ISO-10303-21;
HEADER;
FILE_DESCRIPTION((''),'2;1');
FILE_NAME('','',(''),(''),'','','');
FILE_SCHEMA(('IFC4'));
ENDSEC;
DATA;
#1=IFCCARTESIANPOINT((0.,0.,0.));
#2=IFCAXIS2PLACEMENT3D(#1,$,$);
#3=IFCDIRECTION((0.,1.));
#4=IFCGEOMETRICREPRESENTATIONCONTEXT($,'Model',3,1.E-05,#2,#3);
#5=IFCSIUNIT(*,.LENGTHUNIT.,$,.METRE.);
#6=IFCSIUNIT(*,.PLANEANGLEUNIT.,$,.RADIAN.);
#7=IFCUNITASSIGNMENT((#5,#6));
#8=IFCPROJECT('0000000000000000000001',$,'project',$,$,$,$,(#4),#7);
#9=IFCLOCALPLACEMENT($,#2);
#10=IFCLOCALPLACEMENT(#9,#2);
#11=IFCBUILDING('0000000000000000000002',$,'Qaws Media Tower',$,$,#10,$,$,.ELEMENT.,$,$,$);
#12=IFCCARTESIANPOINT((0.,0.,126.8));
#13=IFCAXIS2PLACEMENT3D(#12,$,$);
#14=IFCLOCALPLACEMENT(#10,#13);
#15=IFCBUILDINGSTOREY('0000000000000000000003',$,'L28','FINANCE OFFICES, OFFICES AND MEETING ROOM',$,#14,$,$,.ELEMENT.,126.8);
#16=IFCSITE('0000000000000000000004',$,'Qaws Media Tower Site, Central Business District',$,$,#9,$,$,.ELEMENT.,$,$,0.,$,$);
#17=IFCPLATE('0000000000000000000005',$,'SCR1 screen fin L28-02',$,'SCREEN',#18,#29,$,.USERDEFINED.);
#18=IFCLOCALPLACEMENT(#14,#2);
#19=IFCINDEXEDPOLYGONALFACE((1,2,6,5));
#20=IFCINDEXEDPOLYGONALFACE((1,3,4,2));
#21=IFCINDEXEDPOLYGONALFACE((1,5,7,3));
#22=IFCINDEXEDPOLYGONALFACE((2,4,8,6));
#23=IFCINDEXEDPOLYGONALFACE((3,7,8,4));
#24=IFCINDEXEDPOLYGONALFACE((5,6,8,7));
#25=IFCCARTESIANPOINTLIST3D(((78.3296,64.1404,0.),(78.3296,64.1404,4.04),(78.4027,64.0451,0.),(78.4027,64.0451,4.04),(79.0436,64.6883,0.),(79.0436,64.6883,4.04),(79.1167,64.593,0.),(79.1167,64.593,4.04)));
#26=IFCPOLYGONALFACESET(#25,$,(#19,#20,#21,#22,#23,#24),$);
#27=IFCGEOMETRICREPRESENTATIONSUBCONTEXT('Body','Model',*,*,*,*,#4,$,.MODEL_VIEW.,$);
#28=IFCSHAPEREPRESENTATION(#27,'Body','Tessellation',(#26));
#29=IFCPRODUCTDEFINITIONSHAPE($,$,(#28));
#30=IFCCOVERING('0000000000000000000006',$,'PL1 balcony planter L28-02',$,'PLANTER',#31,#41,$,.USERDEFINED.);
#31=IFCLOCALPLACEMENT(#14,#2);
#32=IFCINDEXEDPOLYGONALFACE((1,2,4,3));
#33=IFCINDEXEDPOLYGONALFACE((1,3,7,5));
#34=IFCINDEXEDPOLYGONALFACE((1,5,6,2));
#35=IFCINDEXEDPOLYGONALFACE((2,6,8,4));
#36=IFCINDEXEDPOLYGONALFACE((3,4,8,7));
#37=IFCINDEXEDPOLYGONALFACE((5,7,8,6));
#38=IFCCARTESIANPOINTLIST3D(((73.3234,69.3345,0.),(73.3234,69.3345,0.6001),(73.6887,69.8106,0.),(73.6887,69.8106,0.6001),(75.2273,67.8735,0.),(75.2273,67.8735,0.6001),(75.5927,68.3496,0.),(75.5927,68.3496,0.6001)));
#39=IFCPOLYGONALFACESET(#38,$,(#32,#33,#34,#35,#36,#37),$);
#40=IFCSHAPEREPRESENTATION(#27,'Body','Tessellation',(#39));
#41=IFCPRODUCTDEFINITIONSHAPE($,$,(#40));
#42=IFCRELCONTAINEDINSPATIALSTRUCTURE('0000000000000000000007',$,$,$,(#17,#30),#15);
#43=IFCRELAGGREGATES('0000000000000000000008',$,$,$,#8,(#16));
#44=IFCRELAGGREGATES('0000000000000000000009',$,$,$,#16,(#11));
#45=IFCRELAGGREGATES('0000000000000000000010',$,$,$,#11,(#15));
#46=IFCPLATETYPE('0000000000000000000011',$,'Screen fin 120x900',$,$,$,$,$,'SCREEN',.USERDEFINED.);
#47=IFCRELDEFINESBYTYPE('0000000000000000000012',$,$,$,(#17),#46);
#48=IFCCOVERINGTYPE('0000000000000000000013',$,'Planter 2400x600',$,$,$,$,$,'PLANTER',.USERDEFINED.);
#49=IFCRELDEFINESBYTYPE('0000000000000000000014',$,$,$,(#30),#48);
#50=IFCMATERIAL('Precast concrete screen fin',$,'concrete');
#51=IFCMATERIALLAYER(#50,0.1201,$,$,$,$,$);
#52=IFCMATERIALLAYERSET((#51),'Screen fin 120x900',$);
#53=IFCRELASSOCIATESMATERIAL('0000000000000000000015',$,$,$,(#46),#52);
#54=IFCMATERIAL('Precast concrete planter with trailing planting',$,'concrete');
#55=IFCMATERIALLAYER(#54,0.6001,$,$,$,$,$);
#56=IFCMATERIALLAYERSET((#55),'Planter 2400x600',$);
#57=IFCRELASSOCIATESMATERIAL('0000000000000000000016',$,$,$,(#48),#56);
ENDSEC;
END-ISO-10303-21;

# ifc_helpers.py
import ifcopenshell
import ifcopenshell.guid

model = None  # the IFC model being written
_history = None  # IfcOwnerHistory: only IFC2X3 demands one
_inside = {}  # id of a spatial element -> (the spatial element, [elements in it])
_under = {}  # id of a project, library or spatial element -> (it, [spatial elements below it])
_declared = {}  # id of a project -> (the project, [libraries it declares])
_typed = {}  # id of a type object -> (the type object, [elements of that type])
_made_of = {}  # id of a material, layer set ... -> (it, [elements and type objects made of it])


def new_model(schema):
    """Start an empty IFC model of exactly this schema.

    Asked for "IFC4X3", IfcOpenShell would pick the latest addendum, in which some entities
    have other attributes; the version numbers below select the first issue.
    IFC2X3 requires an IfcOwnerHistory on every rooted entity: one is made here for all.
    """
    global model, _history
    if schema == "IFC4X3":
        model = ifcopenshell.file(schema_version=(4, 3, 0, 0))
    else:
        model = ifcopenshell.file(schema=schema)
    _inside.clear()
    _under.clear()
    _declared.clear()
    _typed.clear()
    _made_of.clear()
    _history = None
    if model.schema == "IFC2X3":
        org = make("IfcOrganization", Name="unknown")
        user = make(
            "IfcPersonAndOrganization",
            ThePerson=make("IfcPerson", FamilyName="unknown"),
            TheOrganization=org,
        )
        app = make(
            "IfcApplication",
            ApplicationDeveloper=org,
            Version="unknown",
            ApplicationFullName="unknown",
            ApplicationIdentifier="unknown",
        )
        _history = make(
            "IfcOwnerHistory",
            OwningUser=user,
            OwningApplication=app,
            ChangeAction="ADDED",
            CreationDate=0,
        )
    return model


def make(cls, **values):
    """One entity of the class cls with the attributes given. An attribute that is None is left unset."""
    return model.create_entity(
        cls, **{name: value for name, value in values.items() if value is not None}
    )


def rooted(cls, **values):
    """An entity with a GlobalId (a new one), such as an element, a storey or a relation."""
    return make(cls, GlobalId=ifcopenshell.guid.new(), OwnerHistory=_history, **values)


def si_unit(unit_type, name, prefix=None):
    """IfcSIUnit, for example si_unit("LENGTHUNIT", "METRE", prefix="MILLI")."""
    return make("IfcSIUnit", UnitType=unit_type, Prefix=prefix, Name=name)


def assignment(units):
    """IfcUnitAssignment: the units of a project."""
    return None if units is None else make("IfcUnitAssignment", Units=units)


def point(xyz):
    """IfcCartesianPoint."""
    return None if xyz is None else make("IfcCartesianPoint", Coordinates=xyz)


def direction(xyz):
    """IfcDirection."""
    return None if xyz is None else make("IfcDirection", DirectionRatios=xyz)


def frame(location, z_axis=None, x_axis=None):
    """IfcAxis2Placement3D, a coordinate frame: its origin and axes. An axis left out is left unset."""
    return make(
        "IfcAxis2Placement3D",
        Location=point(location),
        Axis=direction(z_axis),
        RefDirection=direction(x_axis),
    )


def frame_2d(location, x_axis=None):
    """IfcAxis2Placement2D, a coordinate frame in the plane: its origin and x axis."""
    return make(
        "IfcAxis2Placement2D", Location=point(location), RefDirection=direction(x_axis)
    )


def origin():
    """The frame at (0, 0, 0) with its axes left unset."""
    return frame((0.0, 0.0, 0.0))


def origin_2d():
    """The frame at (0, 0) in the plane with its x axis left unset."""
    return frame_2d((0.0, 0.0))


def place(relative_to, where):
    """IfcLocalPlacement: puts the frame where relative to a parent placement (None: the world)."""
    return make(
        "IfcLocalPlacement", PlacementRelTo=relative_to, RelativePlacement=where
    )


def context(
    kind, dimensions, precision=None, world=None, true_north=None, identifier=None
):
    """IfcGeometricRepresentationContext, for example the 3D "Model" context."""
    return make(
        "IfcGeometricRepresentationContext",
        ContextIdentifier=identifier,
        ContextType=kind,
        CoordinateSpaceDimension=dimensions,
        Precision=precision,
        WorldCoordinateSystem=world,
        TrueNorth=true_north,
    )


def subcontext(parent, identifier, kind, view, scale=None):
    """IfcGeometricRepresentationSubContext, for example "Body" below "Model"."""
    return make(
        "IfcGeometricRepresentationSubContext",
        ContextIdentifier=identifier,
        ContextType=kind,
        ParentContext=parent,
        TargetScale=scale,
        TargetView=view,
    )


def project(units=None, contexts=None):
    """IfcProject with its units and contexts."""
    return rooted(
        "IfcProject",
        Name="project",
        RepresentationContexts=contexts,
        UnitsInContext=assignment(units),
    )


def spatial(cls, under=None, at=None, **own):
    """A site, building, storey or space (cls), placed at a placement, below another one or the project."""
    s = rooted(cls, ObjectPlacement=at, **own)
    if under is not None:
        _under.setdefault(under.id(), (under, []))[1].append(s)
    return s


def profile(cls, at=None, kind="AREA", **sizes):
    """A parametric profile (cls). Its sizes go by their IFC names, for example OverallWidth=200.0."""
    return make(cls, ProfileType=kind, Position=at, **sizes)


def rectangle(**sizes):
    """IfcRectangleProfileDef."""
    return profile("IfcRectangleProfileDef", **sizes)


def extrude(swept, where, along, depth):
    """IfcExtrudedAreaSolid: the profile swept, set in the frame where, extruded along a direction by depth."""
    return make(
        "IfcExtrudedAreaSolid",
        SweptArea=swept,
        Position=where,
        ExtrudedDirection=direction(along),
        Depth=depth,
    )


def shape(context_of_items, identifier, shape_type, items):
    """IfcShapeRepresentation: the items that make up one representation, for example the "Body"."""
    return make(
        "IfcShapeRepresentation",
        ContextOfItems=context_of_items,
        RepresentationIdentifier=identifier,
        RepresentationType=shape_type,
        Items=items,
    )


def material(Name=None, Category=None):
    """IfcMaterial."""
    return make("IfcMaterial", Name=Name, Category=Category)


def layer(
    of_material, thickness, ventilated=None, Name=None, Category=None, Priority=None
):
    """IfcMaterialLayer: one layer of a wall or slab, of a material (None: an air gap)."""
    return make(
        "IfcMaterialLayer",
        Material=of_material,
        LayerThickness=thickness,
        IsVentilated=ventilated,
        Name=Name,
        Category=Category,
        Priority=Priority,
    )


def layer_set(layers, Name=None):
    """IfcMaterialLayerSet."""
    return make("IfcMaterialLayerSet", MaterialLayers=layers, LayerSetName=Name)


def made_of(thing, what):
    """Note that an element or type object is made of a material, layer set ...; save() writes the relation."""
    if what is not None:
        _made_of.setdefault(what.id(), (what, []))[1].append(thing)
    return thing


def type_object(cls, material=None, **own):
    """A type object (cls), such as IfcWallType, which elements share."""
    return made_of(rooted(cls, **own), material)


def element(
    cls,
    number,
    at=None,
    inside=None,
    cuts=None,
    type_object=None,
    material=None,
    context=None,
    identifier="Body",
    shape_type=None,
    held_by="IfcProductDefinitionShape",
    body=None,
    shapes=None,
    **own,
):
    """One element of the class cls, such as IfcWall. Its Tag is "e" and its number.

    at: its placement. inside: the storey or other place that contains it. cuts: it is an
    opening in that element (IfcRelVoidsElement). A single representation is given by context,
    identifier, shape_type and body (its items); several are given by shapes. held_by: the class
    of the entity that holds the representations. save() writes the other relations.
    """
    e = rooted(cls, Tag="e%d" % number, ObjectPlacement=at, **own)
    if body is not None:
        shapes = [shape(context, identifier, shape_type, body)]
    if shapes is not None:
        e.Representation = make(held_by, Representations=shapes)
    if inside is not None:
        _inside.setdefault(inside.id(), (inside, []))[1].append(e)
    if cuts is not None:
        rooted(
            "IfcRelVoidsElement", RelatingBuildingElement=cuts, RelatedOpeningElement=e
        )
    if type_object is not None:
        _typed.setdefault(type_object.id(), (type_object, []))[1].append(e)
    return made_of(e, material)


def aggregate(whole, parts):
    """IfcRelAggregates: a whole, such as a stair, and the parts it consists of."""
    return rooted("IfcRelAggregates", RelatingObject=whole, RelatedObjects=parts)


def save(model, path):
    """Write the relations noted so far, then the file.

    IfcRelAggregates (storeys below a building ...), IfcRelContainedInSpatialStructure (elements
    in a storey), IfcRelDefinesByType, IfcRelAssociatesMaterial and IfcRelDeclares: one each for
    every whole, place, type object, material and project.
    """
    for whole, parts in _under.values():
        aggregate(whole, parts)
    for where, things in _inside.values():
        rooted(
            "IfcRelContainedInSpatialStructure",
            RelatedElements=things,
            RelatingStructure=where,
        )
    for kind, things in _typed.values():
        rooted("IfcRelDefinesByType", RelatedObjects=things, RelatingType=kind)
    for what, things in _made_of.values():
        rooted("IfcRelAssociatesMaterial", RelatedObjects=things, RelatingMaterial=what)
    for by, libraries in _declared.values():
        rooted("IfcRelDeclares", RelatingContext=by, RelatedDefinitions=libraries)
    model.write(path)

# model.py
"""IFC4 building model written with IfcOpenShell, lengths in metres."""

from ifc_helpers import new_model, si_unit, direction, frame, origin, origin_2d, place, context, subcontext, project, spatial, rectangle, extrude, material, layer, layer_set, type_object, element, save


model = new_model("IFC4")

# Units and contexts
model_context = context("Model", 3, precision=1e-05, world=origin(), true_north=direction((0.0, 1.0)))
body_context = subcontext(model_context, "Body", "Model", "MODEL_VIEW")
ifc_project = project(units=[si_unit("LENGTHUNIT", "METRE"), si_unit("PLANEANGLEUNIT", "RADIAN")], contexts=[model_context])

# Site, building, storey
site_placement = place(None, origin())
site = spatial("IfcSite", under=ifc_project, at=site_placement, Name="Qaws Media Tower Site, Central Business District", CompositionType="ELEMENT", RefElevation=0.0)
building_placement = place(site_placement, origin())
building = spatial("IfcBuilding", under=site, at=building_placement, Name="Qaws Media Tower", CompositionType="ELEMENT")
storey_placement = place(building_placement, frame((0.0, 0.0, 126.8)))
storey = spatial("IfcBuildingStorey", under=building, at=storey_placement, Name="L28", Description="FINANCE OFFICES, OFFICES AND MEETING ROOM", CompositionType="ELEMENT", Elevation=126.8)

# Plate
ifc_material_1 = material(Name="Precast concrete screen fin", Category="concrete")
ifc_layer_1 = layer(ifc_material_1, 0.1201)
ifc_layer_set_1 = layer_set([ifc_layer_1], Name="Screen fin 120x900")
plate_type_1 = type_object("IfcPlateType", Name="Screen fin 120x900", ElementType="SCREEN", PredefinedType="USERDEFINED", material=ifc_layer_set_1)
plate_1_placement = place(storey_placement, frame((78.7231, 64.3667, 0.0), z_axis=(0.0, 0.0, 1.0), x_axis=(0.793353, 0.608761, 0.0)))
element("IfcPlate", 1, at=plate_1_placement, inside=storey, type_object=plate_type_1, Name="SCR1 screen fin L28-02", ObjectType="SCREEN", PredefinedType="USERDEFINED", context=body_context, shape_type="SweptSolid", body=[
    extrude(rectangle(XDim=0.8999, YDim=0.1201, at=origin_2d()), origin(), (0.0, 0.0, 1.0), 4.04),
])

# Covering
ifc_material_2 = material(Name="Precast concrete planter with trailing planting", Category="concrete")
ifc_layer_2 = layer(ifc_material_2, 0.6001)
ifc_layer_set_2 = layer_set([ifc_layer_2], Name="Planter 2400x600")
covering_type = type_object("IfcCoveringType", Name="Planter 2400x600", ElementType="PLANTER", PredefinedType="USERDEFINED", material=ifc_layer_set_2)
covering_placement = place(storey_placement, frame((74.458, 68.842, 0.0), z_axis=(0.0, 0.0, 1.0), x_axis=(-0.793353, 0.608761, 0.0)))
element("IfcCovering", 2, at=covering_placement, inside=storey, type_object=covering_type, Name="PL1 balcony planter L28-02", ObjectType="PLANTER", PredefinedType="USERDEFINED", context=body_context, shape_type="SweptSolid", body=[
    extrude(rectangle(XDim=2.3999, YDim=0.6001, at=origin_2d()), origin(), (0.0, 0.0, 1.0), 0.6001),
])

save(model, "model.ifc")
